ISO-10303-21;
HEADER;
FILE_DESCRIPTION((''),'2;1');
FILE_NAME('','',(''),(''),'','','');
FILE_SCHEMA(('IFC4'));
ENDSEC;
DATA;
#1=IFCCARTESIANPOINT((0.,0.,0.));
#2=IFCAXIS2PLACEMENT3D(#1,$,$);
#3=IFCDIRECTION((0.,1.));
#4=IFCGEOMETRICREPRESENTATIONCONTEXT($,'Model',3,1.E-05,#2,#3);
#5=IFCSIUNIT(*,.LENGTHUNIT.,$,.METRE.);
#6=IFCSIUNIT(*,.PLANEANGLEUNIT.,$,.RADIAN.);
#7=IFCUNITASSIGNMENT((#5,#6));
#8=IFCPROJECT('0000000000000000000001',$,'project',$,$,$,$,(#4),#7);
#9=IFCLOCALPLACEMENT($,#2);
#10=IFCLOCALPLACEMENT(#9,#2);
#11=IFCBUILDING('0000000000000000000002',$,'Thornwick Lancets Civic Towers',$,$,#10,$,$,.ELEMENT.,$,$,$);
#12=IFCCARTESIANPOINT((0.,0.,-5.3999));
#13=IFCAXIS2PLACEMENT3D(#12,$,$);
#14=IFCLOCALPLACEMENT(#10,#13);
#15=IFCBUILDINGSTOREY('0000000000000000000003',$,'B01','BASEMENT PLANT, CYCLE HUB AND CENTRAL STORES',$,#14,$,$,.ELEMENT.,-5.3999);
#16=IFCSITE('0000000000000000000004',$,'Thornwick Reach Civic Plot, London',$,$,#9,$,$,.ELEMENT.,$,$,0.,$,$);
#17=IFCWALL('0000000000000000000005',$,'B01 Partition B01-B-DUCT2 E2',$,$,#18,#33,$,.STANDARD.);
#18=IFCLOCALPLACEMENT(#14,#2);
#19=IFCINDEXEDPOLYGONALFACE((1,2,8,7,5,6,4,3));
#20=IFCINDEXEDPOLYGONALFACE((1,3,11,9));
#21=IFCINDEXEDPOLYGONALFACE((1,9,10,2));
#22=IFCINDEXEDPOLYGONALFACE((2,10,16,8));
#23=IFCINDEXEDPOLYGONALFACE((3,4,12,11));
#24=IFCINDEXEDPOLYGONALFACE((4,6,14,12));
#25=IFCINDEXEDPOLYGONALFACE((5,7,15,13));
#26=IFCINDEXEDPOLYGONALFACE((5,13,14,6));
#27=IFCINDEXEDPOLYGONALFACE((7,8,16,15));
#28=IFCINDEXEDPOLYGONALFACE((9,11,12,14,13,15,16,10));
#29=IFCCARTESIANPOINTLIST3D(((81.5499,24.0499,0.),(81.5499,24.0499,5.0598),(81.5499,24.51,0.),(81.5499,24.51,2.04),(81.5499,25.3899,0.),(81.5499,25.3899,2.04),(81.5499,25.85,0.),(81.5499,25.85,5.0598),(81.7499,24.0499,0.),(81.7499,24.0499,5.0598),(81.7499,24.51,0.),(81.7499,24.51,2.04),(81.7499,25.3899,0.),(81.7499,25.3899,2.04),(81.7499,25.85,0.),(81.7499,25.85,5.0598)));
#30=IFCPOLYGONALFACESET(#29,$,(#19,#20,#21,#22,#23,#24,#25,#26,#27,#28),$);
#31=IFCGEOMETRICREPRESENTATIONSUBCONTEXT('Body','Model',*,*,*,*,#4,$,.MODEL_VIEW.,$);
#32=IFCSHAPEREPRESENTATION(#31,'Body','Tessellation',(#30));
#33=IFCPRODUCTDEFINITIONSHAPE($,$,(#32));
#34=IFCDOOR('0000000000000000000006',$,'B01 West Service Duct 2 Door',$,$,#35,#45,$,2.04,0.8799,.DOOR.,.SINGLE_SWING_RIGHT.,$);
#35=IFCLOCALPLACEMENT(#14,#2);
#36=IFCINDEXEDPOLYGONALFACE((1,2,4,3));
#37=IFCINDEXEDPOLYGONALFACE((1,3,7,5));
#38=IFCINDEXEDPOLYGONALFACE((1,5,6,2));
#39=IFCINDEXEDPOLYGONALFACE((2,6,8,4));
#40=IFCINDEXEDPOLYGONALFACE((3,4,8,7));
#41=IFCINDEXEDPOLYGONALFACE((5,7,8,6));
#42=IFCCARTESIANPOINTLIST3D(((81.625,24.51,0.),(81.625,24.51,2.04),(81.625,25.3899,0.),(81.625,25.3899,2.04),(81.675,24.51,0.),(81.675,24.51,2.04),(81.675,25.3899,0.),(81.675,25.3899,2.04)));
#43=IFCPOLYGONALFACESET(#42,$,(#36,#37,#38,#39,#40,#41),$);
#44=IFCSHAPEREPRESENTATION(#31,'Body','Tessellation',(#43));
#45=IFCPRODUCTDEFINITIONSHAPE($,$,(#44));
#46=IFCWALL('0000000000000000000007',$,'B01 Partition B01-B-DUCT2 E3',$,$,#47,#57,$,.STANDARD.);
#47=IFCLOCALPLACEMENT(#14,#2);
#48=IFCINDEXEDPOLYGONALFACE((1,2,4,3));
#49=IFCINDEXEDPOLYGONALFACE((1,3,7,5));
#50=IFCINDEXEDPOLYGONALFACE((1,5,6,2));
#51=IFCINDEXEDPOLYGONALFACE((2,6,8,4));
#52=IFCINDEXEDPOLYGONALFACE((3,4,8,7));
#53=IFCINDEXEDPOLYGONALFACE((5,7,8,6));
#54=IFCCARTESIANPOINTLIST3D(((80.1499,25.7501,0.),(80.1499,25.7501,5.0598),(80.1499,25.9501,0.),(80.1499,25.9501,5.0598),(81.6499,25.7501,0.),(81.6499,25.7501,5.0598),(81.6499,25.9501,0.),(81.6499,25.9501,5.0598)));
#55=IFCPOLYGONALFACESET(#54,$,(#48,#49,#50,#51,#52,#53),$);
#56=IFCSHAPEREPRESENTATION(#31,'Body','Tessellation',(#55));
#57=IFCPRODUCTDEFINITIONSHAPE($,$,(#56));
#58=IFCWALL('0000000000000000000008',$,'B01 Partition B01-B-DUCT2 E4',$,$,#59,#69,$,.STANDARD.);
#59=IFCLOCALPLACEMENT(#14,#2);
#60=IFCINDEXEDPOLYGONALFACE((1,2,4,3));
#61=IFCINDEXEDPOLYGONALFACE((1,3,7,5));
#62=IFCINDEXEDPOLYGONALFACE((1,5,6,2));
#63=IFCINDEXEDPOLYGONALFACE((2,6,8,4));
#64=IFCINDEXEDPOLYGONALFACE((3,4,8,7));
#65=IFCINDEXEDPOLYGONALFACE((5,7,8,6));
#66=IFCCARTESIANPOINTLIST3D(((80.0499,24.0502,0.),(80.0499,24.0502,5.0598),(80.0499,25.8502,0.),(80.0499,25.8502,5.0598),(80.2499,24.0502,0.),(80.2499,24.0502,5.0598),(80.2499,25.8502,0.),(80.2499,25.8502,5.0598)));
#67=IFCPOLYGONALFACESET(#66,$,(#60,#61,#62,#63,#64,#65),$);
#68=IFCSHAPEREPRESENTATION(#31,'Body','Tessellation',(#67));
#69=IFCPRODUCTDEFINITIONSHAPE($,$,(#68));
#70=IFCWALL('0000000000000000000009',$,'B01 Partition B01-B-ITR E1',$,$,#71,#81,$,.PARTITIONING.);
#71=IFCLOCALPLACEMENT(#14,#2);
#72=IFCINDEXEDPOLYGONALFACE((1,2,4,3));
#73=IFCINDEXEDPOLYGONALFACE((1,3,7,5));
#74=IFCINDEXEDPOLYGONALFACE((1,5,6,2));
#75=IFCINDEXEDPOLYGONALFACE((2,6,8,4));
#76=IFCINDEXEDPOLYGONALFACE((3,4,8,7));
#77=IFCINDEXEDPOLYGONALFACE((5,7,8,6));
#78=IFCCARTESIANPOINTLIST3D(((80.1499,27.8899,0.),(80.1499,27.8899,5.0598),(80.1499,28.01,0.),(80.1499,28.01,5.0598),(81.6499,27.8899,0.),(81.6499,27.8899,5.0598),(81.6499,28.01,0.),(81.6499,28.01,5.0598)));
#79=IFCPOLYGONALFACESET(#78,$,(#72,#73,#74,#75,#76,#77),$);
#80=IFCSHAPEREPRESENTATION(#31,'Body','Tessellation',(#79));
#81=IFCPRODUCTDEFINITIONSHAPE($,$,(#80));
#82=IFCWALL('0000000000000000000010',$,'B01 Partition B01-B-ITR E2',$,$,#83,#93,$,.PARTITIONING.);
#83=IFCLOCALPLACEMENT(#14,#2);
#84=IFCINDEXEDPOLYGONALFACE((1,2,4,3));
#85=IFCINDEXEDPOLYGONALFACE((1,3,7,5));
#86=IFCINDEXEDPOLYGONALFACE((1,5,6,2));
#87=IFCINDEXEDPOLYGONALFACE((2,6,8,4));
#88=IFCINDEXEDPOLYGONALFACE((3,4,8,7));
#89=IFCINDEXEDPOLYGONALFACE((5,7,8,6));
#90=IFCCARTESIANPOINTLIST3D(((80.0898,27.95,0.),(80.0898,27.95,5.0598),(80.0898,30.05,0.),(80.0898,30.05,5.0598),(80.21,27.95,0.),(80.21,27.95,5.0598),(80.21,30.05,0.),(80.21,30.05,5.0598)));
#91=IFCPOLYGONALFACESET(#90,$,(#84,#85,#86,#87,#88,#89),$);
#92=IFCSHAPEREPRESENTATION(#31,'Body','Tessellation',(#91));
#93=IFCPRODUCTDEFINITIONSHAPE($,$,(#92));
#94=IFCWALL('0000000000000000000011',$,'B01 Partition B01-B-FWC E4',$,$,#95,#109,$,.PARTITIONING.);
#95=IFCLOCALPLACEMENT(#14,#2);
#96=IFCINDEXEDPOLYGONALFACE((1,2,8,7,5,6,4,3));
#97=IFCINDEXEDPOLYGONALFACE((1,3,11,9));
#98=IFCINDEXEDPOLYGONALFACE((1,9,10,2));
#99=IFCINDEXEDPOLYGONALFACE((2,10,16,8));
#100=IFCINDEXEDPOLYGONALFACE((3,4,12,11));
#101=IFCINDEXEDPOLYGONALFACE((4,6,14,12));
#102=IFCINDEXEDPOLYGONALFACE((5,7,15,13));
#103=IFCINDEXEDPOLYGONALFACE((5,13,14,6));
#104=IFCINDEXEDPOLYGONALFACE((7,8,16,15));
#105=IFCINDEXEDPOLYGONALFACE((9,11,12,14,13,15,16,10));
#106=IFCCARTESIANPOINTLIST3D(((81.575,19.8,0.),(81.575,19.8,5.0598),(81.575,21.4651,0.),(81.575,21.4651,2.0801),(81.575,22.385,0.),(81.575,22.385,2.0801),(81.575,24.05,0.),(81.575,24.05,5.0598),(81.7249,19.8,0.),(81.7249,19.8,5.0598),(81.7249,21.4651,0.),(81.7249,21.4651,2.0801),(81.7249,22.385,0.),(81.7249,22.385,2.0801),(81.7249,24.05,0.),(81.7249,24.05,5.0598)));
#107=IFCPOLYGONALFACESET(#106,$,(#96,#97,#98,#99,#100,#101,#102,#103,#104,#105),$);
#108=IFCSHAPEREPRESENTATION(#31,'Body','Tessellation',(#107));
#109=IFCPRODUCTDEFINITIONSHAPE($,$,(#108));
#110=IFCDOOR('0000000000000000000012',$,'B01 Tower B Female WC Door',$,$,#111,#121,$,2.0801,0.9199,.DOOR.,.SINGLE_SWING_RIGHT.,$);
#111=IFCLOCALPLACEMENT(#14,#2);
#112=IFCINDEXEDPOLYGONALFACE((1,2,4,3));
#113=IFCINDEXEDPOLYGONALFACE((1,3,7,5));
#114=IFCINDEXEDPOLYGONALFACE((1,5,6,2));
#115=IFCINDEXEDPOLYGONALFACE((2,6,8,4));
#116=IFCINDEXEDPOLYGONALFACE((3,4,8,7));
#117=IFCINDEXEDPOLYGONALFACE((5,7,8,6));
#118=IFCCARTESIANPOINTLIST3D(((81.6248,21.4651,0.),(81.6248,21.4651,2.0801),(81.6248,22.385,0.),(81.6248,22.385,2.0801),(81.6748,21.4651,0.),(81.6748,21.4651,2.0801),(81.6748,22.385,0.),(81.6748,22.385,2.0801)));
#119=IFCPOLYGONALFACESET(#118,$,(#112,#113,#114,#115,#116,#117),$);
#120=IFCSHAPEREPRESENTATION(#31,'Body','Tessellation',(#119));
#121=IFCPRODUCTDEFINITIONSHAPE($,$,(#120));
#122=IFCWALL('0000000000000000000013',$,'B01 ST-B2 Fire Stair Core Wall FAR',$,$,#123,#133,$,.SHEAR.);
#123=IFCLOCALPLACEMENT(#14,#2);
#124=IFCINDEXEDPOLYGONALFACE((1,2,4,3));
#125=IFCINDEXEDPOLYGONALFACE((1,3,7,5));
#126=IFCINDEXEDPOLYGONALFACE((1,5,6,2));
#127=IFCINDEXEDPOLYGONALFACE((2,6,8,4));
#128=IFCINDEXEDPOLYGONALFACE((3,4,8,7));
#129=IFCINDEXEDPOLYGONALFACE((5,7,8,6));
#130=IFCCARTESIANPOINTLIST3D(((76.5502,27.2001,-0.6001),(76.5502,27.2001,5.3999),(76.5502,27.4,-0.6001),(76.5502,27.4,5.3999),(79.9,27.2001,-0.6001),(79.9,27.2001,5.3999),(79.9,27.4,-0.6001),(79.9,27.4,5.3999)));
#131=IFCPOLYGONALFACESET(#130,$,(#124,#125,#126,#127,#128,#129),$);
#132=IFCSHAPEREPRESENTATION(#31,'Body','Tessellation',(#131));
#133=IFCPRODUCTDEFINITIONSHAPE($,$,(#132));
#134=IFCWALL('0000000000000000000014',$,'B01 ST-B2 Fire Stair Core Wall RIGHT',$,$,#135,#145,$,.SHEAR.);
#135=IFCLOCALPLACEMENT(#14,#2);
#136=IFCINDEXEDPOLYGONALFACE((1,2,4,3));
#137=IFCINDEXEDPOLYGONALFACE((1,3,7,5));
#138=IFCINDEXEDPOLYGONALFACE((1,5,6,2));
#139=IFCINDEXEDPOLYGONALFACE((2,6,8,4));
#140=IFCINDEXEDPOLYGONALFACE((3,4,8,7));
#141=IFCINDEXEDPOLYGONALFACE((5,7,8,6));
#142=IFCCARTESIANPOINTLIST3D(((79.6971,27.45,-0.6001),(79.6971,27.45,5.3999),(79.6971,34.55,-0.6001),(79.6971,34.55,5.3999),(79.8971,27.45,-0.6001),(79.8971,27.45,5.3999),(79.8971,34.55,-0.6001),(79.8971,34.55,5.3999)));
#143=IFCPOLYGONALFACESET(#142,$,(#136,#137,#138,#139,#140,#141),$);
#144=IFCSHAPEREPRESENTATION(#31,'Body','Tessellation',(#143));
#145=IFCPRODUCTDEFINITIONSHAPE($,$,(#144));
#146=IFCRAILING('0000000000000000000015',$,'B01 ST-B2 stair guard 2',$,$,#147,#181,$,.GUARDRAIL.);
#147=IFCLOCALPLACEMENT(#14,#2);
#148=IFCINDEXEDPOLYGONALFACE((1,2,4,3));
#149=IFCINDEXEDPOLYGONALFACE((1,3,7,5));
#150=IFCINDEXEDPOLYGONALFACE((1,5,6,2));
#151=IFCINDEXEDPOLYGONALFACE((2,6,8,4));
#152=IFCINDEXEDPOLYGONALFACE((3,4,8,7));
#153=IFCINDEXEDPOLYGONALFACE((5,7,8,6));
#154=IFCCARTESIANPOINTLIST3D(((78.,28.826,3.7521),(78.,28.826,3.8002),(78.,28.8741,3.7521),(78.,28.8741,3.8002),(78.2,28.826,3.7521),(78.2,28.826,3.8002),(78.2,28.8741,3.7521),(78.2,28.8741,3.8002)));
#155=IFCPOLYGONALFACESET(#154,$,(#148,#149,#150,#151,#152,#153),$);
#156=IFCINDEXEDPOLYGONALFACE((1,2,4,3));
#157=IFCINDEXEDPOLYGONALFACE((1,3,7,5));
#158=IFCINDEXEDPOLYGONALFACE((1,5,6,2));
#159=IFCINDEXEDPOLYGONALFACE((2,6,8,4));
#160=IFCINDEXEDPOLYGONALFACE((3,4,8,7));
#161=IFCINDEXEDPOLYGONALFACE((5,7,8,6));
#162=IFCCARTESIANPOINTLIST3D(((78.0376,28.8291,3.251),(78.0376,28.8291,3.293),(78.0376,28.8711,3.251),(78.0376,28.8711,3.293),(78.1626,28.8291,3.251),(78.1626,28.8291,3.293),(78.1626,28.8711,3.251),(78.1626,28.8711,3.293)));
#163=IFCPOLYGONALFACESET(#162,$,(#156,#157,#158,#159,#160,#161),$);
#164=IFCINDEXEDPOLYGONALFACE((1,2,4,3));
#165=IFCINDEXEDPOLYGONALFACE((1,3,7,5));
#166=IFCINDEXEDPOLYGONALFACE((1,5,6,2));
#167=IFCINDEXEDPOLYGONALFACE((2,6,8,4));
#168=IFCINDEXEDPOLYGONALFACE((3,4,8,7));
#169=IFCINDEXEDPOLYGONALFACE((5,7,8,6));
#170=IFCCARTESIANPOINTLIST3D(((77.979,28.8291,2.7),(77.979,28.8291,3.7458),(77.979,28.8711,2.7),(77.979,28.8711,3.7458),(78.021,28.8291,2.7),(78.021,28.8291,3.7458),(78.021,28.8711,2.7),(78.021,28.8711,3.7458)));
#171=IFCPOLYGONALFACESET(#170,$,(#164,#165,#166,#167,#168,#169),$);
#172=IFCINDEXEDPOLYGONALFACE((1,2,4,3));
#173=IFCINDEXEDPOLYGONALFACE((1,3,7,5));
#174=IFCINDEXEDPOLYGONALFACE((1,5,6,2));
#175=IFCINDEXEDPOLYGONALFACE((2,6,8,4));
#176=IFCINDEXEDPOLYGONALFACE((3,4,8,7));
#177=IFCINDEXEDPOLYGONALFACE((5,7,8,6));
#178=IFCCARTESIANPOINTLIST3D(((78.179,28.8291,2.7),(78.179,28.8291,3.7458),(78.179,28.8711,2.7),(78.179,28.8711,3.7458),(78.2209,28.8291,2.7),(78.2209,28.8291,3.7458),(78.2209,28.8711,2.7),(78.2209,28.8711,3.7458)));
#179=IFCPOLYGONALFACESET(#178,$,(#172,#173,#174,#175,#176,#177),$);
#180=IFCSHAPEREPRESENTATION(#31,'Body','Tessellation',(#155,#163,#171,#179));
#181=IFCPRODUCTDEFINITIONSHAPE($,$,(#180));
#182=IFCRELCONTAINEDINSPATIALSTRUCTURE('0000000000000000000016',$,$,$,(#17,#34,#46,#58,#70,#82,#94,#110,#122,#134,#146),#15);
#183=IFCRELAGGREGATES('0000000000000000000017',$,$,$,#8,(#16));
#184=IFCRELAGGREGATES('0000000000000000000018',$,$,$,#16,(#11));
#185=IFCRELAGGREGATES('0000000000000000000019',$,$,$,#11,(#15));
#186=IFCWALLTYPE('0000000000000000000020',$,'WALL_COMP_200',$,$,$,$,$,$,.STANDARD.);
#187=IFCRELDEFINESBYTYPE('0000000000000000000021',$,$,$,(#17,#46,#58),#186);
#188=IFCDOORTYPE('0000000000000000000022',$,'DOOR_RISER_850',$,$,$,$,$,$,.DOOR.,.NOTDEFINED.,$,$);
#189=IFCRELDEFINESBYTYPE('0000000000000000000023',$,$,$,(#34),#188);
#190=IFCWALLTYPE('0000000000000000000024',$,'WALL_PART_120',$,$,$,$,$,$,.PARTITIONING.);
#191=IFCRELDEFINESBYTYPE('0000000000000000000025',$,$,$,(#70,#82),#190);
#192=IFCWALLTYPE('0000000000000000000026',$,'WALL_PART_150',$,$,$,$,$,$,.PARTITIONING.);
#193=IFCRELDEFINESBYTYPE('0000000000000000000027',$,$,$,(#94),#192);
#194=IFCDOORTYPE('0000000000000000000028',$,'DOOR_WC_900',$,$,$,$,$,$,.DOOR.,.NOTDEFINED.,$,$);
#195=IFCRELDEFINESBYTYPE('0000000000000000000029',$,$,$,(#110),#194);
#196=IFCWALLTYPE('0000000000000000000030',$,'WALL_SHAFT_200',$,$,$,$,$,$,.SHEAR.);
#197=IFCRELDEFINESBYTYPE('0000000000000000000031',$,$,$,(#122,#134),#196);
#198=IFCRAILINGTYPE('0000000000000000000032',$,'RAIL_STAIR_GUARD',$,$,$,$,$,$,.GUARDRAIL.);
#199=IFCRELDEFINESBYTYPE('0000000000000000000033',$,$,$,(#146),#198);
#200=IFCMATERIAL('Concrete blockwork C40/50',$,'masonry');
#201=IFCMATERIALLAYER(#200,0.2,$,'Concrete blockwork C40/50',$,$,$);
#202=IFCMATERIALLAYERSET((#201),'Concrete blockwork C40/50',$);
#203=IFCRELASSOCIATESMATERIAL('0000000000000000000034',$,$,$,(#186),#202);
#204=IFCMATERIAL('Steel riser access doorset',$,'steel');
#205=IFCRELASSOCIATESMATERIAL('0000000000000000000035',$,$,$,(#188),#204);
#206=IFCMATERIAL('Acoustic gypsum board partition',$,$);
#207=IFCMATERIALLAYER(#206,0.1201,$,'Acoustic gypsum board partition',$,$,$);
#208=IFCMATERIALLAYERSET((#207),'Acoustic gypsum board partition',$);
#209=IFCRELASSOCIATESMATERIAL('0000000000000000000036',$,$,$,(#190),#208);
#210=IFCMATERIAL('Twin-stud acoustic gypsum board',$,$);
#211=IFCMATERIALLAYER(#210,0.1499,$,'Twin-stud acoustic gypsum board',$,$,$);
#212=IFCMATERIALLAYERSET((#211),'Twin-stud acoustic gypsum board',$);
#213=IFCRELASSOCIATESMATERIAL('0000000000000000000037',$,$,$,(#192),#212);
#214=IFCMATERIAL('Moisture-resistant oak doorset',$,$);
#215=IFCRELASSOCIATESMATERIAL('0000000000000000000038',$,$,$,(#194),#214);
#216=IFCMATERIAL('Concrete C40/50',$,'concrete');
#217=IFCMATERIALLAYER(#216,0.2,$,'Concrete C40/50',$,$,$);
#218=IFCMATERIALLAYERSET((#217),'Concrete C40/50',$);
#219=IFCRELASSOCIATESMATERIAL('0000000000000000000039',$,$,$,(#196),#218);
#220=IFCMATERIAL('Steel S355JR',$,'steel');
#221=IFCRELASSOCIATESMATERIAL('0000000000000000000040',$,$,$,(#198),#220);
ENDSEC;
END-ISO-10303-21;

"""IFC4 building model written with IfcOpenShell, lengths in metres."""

from ifc_helpers import new_model, si_unit, direction, frame, frame_2d, origin, origin_2d, place, context, subcontext, project, spatial, rectangle, extrude, material, layer, layer_set, type_object, element, fill, save


model = new_model("IFC4")

# Units and contexts
model_context = context("Model", 3, precision=1e-05, world=origin(), true_north=direction((0.0, 1.0)))
body_context = subcontext(model_context, "Body", "Model", "MODEL_VIEW")
ifc_project = project(units=[si_unit("LENGTHUNIT", "METRE"), si_unit("PLANEANGLEUNIT", "RADIAN")], contexts=[model_context])

# Site, building, storey
site_placement = place(None, origin())
site = spatial("IfcSite", under=ifc_project, at=site_placement, Name="Thornwick Reach Civic Plot, London", CompositionType="ELEMENT", RefElevation=0.0)
building_placement = place(site_placement, origin())
building = spatial("IfcBuilding", under=site, at=building_placement, Name="Thornwick Lancets Civic Towers", CompositionType="ELEMENT")
storey_placement = place(building_placement, frame((0.0, 0.0, -5.3999)))
storey = spatial("IfcBuildingStorey", under=building, at=storey_placement, Name="B01", Description="BASEMENT PLANT, CYCLE HUB AND CENTRAL STORES", CompositionType="ELEMENT", Elevation=-5.3999)

# Shared definitions
ifc_material_1 = material(Name="Concrete C40/50", Category="concrete")

# Shared definitions
ifc_material_2 = material(Name="Concrete blockwork C40/50", Category="masonry")
ifc_layer_1 = layer(ifc_material_2, 0.2, Name="Concrete blockwork C40/50")
ifc_layer_set_1 = layer_set([ifc_layer_1], Name="Concrete blockwork C40/50")
wall_type_1 = type_object("IfcWallType", Name="WALL_COMP_200", PredefinedType="STANDARD", material=ifc_layer_set_1)

# Wall, opening, door
wall_1_placement = place(storey_placement, frame((81.6499, 24.05, 0.0), z_axis=(0.0, 0.0, 1.0), x_axis=(0.0, 1.0, 0.0)))
wall_1 = element("IfcWall", 1, at=wall_1_placement, inside=storey, type_object=wall_type_1, Name="B01 Partition B01-B-DUCT2 E2", PredefinedType="STANDARD", context=body_context, shape_type="SweptSolid", body=[
    extrude(rectangle(XDim=1.8, YDim=0.2, at=frame_2d((0.8999, 0.0))), origin(), (0.0, 0.0, 1.0), 5.0598),
])
opening_1_placement = place(wall_1_placement, frame((0.46, 0.0, 0.0)))
opening_1 = element("IfcOpeningElement", 2, at=opening_1_placement, cuts=wall_1, PredefinedType="OPENING", context=body_context, shape_type="SweptSolid", body=[
    extrude(rectangle(XDim=0.8799, YDim=2.04, at=frame_2d((0.4399, 1.02))), frame((0.0, 0.1099, 0.0), z_axis=(0.0, -1.0, 0.0), x_axis=(1.0, 0.0, 0.0)), (0.0, 0.0, 1.0), 0.22),
])
ifc_material_3 = material(Name="Steel riser access doorset", Category="steel")
door_type_1 = type_object("IfcDoorType", Name="DOOR_RISER_850", OperationType="NOTDEFINED", PredefinedType="DOOR", material=ifc_material_3)
door_1_placement = place(opening_1_placement, origin())
door_1 = element("IfcDoor", 3, at=door_1_placement, inside=storey, type_object=door_type_1, Name="B01 West Service Duct 2 Door", OperationType="SINGLE_SWING_RIGHT", OverallHeight=2.04, OverallWidth=0.8799, PredefinedType="DOOR", context=body_context, shape_type="SweptSolid", body=[
    extrude(rectangle(XDim=0.8799, YDim=2.04, at=frame_2d((0.4399, 1.02))), frame((0.0, 0.0249, 0.0), z_axis=(0.0, -1.0, 0.0), x_axis=(1.0, 0.0, 0.0)), (0.0, 0.0, 1.0), 0.05),
])
fill(opening_1, door_1)

# Walls
wall_2_placement = place(storey_placement, frame((81.6499, 25.8501, 0.0), z_axis=(0.0, 0.0, 1.0), x_axis=(-1.0, 0.0, 0.0)))
element("IfcWall", 4, at=wall_2_placement, inside=storey, type_object=wall_type_1, Name="B01 Partition B01-B-DUCT2 E3", PredefinedType="STANDARD", context=body_context, shape_type="SweptSolid", body=[
    extrude(rectangle(XDim=1.5, YDim=0.2, at=frame_2d((0.75, 0.0))), origin(), (0.0, 0.0, 1.0), 5.0598),
])
wall_3_placement = place(storey_placement, frame((80.1499, 25.8501, 0.0), z_axis=(0.0, 0.0, 1.0), x_axis=(0.0, -1.0, 0.0)))
element("IfcWall", 5, at=wall_3_placement, inside=storey, type_object=wall_type_1, Name="B01 Partition B01-B-DUCT2 E4", PredefinedType="STANDARD", context=body_context, shape_type="SweptSolid", body=[
    extrude(rectangle(XDim=1.8, YDim=0.2, at=frame_2d((0.8999, 0.0))), origin(), (0.0, 0.0, 1.0), 5.0598),
])
ifc_material_4 = material(Name="Acoustic gypsum board partition")
ifc_layer_2 = layer(ifc_material_4, 0.1201, Name="Acoustic gypsum board partition")
ifc_layer_set_2 = layer_set([ifc_layer_2], Name="Acoustic gypsum board partition")
wall_type_2 = type_object("IfcWallType", Name="WALL_PART_120", PredefinedType="PARTITIONING", material=ifc_layer_set_2)
wall_4_placement = place(storey_placement, frame((81.6499, 27.95, 0.0), z_axis=(0.0, 0.0, 1.0), x_axis=(-1.0, 0.0, 0.0)))
element("IfcWall", 6, at=wall_4_placement, inside=storey, type_object=wall_type_2, Name="B01 Partition B01-B-ITR E1", PredefinedType="PARTITIONING", context=body_context, shape_type="SweptSolid", body=[
    extrude(rectangle(XDim=1.5, YDim=0.1201, at=frame_2d((0.75, 0.0))), origin(), (0.0, 0.0, 1.0), 5.0598),
])
wall_5_placement = place(storey_placement, frame((80.1499, 27.95, 0.0), z_axis=(0.0, 0.0, 1.0), x_axis=(0.0, 1.0, 0.0)))
element("IfcWall", 7, at=wall_5_placement, inside=storey, type_object=wall_type_2, Name="B01 Partition B01-B-ITR E2", PredefinedType="PARTITIONING", context=body_context, shape_type="SweptSolid", body=[
    extrude(rectangle(XDim=2.1001, YDim=0.1201, at=frame_2d((1.05, 0.0))), origin(), (0.0, 0.0, 1.0), 5.0598),
])

# Wall, opening, door
ifc_material_5 = material(Name="Twin-stud acoustic gypsum board")
ifc_layer_3 = layer(ifc_material_5, 0.1499, Name="Twin-stud acoustic gypsum board")
ifc_layer_set_3 = layer_set([ifc_layer_3], Name="Twin-stud acoustic gypsum board")
wall_type_3 = type_object("IfcWallType", Name="WALL_PART_150", PredefinedType="PARTITIONING", material=ifc_layer_set_3)
wall_6_placement = place(storey_placement, frame((81.6499, 24.05, 0.0), z_axis=(0.0, 0.0, 1.0), x_axis=(0.0, -1.0, 0.0)))
wall_6 = element("IfcWall", 8, at=wall_6_placement, inside=storey, type_object=wall_type_3, Name="B01 Partition B01-B-FWC E4", PredefinedType="PARTITIONING", context=body_context, shape_type="SweptSolid", body=[
    extrude(rectangle(XDim=4.25, YDim=0.1499, at=frame_2d((2.125, 0.0))), origin(), (0.0, 0.0, 1.0), 5.0598),
])
opening_2_placement = place(wall_6_placement, frame((1.665, 0.0, 0.0)))
opening_2 = element("IfcOpeningElement", 9, at=opening_2_placement, cuts=wall_6, PredefinedType="OPENING", context=body_context, shape_type="SweptSolid", body=[
    extrude(rectangle(XDim=0.9199, YDim=2.0801, at=frame_2d((0.46, 1.04))), frame((0.0, 0.085, 0.0), z_axis=(0.0, -1.0, 0.0), x_axis=(1.0, 0.0, 0.0)), (0.0, 0.0, 1.0), 0.1699),
])
ifc_material_6 = material(Name="Moisture-resistant oak doorset")
door_type_2 = type_object("IfcDoorType", Name="DOOR_WC_900", OperationType="NOTDEFINED", PredefinedType="DOOR", material=ifc_material_6)
door_2_placement = place(opening_2_placement, origin())
door_2 = element("IfcDoor", 10, at=door_2_placement, inside=storey, type_object=door_type_2, Name="B01 Tower B Female WC Door", OperationType="SINGLE_SWING_RIGHT", OverallHeight=2.0801, OverallWidth=0.9199, PredefinedType="DOOR", context=body_context, shape_type="SweptSolid", body=[
    extrude(rectangle(XDim=0.9199, YDim=2.0801, at=frame_2d((0.46, 1.04))), frame((0.0, 0.0249, 0.0), z_axis=(0.0, -1.0, 0.0), x_axis=(1.0, 0.0, 0.0)), (0.0, 0.0, 1.0), 0.05),
])
fill(opening_2, door_2)

# Walls
ifc_layer_4 = layer(ifc_material_1, 0.2, Name="Concrete C40/50")
ifc_layer_set_4 = layer_set([ifc_layer_4], Name="Concrete C40/50")
wall_type_4 = type_object("IfcWallType", Name="WALL_SHAFT_200", PredefinedType="SHEAR", material=ifc_layer_set_4)
wall_7_placement = place(storey_placement, frame((79.8999, 27.3, -0.6001), z_axis=(0.0, 0.0, 1.0), x_axis=(-1.0, 0.0, 0.0)))
element("IfcWall", 11, at=wall_7_placement, inside=storey, type_object=wall_type_4, Name="B01 ST-B2 Fire Stair Core Wall FAR", PredefinedType="SHEAR", context=body_context, shape_type="SweptSolid", body=[
    extrude(rectangle(XDim=3.3499, YDim=0.2, at=frame_2d((1.6748, 0.0))), origin(), (0.0, 0.0, 1.0), 6.0),
])
wall_8_placement = place(storey_placement, frame((79.7971, 27.45, -0.6001), z_axis=(0.0, 0.0, 1.0), x_axis=(0.0, 1.0, 0.0)))
element("IfcWall", 12, at=wall_8_placement, inside=storey, type_object=wall_type_4, Name="B01 ST-B2 Fire Stair Core Wall RIGHT", PredefinedType="SHEAR", context=body_context, shape_type="SweptSolid", body=[
    extrude(rectangle(XDim=7.1001, YDim=0.2, at=frame_2d((3.55, 0.0))), origin(), (0.0, 0.0, 1.0), 6.0),
])

# Railing
ifc_material_7 = material(Name="Steel S355JR", Category="steel")
railing_type = type_object("IfcRailingType", Name="RAIL_STAIR_GUARD", PredefinedType="GUARDRAIL", material=ifc_material_7)
railing_1_placement = place(storey_placement, frame((78.0, 28.8501, 2.7)))
element("IfcRailing", 13, at=railing_1_placement, inside=storey, type_object=railing_type, Name="B01 ST-B2 stair guard 2", PredefinedType="GUARDRAIL", context=body_context, shape_type="SweptSolid", body=[
    extrude(rectangle(XDim=0.0481, YDim=0.0481, at=origin_2d()), frame((0.0, 0.0, 1.0762), z_axis=(1.0, 0.0, 0.0), x_axis=(0.0, 1.0, 0.0)), (0.0, 0.0, 1.0), 0.2),
    extrude(rectangle(XDim=0.042, YDim=0.042, at=origin_2d()), frame((0.0376, 0.0, 0.572), z_axis=(1.0, 0.0, 0.0), x_axis=(0.0, 1.0, 0.0)), (0.0, 0.0, 1.0), 0.125),
    extrude(rectangle(XDim=0.042, YDim=0.042, at=origin_2d()), origin(), (0.0, 0.0, 1.0), 1.0459),
    extrude(rectangle(XDim=0.042, YDim=0.042, at=origin_2d()), frame((0.2, 0.0, 0.0)), (0.0, 0.0, 1.0), 1.0459),
])

save(model, "model.ifc")
